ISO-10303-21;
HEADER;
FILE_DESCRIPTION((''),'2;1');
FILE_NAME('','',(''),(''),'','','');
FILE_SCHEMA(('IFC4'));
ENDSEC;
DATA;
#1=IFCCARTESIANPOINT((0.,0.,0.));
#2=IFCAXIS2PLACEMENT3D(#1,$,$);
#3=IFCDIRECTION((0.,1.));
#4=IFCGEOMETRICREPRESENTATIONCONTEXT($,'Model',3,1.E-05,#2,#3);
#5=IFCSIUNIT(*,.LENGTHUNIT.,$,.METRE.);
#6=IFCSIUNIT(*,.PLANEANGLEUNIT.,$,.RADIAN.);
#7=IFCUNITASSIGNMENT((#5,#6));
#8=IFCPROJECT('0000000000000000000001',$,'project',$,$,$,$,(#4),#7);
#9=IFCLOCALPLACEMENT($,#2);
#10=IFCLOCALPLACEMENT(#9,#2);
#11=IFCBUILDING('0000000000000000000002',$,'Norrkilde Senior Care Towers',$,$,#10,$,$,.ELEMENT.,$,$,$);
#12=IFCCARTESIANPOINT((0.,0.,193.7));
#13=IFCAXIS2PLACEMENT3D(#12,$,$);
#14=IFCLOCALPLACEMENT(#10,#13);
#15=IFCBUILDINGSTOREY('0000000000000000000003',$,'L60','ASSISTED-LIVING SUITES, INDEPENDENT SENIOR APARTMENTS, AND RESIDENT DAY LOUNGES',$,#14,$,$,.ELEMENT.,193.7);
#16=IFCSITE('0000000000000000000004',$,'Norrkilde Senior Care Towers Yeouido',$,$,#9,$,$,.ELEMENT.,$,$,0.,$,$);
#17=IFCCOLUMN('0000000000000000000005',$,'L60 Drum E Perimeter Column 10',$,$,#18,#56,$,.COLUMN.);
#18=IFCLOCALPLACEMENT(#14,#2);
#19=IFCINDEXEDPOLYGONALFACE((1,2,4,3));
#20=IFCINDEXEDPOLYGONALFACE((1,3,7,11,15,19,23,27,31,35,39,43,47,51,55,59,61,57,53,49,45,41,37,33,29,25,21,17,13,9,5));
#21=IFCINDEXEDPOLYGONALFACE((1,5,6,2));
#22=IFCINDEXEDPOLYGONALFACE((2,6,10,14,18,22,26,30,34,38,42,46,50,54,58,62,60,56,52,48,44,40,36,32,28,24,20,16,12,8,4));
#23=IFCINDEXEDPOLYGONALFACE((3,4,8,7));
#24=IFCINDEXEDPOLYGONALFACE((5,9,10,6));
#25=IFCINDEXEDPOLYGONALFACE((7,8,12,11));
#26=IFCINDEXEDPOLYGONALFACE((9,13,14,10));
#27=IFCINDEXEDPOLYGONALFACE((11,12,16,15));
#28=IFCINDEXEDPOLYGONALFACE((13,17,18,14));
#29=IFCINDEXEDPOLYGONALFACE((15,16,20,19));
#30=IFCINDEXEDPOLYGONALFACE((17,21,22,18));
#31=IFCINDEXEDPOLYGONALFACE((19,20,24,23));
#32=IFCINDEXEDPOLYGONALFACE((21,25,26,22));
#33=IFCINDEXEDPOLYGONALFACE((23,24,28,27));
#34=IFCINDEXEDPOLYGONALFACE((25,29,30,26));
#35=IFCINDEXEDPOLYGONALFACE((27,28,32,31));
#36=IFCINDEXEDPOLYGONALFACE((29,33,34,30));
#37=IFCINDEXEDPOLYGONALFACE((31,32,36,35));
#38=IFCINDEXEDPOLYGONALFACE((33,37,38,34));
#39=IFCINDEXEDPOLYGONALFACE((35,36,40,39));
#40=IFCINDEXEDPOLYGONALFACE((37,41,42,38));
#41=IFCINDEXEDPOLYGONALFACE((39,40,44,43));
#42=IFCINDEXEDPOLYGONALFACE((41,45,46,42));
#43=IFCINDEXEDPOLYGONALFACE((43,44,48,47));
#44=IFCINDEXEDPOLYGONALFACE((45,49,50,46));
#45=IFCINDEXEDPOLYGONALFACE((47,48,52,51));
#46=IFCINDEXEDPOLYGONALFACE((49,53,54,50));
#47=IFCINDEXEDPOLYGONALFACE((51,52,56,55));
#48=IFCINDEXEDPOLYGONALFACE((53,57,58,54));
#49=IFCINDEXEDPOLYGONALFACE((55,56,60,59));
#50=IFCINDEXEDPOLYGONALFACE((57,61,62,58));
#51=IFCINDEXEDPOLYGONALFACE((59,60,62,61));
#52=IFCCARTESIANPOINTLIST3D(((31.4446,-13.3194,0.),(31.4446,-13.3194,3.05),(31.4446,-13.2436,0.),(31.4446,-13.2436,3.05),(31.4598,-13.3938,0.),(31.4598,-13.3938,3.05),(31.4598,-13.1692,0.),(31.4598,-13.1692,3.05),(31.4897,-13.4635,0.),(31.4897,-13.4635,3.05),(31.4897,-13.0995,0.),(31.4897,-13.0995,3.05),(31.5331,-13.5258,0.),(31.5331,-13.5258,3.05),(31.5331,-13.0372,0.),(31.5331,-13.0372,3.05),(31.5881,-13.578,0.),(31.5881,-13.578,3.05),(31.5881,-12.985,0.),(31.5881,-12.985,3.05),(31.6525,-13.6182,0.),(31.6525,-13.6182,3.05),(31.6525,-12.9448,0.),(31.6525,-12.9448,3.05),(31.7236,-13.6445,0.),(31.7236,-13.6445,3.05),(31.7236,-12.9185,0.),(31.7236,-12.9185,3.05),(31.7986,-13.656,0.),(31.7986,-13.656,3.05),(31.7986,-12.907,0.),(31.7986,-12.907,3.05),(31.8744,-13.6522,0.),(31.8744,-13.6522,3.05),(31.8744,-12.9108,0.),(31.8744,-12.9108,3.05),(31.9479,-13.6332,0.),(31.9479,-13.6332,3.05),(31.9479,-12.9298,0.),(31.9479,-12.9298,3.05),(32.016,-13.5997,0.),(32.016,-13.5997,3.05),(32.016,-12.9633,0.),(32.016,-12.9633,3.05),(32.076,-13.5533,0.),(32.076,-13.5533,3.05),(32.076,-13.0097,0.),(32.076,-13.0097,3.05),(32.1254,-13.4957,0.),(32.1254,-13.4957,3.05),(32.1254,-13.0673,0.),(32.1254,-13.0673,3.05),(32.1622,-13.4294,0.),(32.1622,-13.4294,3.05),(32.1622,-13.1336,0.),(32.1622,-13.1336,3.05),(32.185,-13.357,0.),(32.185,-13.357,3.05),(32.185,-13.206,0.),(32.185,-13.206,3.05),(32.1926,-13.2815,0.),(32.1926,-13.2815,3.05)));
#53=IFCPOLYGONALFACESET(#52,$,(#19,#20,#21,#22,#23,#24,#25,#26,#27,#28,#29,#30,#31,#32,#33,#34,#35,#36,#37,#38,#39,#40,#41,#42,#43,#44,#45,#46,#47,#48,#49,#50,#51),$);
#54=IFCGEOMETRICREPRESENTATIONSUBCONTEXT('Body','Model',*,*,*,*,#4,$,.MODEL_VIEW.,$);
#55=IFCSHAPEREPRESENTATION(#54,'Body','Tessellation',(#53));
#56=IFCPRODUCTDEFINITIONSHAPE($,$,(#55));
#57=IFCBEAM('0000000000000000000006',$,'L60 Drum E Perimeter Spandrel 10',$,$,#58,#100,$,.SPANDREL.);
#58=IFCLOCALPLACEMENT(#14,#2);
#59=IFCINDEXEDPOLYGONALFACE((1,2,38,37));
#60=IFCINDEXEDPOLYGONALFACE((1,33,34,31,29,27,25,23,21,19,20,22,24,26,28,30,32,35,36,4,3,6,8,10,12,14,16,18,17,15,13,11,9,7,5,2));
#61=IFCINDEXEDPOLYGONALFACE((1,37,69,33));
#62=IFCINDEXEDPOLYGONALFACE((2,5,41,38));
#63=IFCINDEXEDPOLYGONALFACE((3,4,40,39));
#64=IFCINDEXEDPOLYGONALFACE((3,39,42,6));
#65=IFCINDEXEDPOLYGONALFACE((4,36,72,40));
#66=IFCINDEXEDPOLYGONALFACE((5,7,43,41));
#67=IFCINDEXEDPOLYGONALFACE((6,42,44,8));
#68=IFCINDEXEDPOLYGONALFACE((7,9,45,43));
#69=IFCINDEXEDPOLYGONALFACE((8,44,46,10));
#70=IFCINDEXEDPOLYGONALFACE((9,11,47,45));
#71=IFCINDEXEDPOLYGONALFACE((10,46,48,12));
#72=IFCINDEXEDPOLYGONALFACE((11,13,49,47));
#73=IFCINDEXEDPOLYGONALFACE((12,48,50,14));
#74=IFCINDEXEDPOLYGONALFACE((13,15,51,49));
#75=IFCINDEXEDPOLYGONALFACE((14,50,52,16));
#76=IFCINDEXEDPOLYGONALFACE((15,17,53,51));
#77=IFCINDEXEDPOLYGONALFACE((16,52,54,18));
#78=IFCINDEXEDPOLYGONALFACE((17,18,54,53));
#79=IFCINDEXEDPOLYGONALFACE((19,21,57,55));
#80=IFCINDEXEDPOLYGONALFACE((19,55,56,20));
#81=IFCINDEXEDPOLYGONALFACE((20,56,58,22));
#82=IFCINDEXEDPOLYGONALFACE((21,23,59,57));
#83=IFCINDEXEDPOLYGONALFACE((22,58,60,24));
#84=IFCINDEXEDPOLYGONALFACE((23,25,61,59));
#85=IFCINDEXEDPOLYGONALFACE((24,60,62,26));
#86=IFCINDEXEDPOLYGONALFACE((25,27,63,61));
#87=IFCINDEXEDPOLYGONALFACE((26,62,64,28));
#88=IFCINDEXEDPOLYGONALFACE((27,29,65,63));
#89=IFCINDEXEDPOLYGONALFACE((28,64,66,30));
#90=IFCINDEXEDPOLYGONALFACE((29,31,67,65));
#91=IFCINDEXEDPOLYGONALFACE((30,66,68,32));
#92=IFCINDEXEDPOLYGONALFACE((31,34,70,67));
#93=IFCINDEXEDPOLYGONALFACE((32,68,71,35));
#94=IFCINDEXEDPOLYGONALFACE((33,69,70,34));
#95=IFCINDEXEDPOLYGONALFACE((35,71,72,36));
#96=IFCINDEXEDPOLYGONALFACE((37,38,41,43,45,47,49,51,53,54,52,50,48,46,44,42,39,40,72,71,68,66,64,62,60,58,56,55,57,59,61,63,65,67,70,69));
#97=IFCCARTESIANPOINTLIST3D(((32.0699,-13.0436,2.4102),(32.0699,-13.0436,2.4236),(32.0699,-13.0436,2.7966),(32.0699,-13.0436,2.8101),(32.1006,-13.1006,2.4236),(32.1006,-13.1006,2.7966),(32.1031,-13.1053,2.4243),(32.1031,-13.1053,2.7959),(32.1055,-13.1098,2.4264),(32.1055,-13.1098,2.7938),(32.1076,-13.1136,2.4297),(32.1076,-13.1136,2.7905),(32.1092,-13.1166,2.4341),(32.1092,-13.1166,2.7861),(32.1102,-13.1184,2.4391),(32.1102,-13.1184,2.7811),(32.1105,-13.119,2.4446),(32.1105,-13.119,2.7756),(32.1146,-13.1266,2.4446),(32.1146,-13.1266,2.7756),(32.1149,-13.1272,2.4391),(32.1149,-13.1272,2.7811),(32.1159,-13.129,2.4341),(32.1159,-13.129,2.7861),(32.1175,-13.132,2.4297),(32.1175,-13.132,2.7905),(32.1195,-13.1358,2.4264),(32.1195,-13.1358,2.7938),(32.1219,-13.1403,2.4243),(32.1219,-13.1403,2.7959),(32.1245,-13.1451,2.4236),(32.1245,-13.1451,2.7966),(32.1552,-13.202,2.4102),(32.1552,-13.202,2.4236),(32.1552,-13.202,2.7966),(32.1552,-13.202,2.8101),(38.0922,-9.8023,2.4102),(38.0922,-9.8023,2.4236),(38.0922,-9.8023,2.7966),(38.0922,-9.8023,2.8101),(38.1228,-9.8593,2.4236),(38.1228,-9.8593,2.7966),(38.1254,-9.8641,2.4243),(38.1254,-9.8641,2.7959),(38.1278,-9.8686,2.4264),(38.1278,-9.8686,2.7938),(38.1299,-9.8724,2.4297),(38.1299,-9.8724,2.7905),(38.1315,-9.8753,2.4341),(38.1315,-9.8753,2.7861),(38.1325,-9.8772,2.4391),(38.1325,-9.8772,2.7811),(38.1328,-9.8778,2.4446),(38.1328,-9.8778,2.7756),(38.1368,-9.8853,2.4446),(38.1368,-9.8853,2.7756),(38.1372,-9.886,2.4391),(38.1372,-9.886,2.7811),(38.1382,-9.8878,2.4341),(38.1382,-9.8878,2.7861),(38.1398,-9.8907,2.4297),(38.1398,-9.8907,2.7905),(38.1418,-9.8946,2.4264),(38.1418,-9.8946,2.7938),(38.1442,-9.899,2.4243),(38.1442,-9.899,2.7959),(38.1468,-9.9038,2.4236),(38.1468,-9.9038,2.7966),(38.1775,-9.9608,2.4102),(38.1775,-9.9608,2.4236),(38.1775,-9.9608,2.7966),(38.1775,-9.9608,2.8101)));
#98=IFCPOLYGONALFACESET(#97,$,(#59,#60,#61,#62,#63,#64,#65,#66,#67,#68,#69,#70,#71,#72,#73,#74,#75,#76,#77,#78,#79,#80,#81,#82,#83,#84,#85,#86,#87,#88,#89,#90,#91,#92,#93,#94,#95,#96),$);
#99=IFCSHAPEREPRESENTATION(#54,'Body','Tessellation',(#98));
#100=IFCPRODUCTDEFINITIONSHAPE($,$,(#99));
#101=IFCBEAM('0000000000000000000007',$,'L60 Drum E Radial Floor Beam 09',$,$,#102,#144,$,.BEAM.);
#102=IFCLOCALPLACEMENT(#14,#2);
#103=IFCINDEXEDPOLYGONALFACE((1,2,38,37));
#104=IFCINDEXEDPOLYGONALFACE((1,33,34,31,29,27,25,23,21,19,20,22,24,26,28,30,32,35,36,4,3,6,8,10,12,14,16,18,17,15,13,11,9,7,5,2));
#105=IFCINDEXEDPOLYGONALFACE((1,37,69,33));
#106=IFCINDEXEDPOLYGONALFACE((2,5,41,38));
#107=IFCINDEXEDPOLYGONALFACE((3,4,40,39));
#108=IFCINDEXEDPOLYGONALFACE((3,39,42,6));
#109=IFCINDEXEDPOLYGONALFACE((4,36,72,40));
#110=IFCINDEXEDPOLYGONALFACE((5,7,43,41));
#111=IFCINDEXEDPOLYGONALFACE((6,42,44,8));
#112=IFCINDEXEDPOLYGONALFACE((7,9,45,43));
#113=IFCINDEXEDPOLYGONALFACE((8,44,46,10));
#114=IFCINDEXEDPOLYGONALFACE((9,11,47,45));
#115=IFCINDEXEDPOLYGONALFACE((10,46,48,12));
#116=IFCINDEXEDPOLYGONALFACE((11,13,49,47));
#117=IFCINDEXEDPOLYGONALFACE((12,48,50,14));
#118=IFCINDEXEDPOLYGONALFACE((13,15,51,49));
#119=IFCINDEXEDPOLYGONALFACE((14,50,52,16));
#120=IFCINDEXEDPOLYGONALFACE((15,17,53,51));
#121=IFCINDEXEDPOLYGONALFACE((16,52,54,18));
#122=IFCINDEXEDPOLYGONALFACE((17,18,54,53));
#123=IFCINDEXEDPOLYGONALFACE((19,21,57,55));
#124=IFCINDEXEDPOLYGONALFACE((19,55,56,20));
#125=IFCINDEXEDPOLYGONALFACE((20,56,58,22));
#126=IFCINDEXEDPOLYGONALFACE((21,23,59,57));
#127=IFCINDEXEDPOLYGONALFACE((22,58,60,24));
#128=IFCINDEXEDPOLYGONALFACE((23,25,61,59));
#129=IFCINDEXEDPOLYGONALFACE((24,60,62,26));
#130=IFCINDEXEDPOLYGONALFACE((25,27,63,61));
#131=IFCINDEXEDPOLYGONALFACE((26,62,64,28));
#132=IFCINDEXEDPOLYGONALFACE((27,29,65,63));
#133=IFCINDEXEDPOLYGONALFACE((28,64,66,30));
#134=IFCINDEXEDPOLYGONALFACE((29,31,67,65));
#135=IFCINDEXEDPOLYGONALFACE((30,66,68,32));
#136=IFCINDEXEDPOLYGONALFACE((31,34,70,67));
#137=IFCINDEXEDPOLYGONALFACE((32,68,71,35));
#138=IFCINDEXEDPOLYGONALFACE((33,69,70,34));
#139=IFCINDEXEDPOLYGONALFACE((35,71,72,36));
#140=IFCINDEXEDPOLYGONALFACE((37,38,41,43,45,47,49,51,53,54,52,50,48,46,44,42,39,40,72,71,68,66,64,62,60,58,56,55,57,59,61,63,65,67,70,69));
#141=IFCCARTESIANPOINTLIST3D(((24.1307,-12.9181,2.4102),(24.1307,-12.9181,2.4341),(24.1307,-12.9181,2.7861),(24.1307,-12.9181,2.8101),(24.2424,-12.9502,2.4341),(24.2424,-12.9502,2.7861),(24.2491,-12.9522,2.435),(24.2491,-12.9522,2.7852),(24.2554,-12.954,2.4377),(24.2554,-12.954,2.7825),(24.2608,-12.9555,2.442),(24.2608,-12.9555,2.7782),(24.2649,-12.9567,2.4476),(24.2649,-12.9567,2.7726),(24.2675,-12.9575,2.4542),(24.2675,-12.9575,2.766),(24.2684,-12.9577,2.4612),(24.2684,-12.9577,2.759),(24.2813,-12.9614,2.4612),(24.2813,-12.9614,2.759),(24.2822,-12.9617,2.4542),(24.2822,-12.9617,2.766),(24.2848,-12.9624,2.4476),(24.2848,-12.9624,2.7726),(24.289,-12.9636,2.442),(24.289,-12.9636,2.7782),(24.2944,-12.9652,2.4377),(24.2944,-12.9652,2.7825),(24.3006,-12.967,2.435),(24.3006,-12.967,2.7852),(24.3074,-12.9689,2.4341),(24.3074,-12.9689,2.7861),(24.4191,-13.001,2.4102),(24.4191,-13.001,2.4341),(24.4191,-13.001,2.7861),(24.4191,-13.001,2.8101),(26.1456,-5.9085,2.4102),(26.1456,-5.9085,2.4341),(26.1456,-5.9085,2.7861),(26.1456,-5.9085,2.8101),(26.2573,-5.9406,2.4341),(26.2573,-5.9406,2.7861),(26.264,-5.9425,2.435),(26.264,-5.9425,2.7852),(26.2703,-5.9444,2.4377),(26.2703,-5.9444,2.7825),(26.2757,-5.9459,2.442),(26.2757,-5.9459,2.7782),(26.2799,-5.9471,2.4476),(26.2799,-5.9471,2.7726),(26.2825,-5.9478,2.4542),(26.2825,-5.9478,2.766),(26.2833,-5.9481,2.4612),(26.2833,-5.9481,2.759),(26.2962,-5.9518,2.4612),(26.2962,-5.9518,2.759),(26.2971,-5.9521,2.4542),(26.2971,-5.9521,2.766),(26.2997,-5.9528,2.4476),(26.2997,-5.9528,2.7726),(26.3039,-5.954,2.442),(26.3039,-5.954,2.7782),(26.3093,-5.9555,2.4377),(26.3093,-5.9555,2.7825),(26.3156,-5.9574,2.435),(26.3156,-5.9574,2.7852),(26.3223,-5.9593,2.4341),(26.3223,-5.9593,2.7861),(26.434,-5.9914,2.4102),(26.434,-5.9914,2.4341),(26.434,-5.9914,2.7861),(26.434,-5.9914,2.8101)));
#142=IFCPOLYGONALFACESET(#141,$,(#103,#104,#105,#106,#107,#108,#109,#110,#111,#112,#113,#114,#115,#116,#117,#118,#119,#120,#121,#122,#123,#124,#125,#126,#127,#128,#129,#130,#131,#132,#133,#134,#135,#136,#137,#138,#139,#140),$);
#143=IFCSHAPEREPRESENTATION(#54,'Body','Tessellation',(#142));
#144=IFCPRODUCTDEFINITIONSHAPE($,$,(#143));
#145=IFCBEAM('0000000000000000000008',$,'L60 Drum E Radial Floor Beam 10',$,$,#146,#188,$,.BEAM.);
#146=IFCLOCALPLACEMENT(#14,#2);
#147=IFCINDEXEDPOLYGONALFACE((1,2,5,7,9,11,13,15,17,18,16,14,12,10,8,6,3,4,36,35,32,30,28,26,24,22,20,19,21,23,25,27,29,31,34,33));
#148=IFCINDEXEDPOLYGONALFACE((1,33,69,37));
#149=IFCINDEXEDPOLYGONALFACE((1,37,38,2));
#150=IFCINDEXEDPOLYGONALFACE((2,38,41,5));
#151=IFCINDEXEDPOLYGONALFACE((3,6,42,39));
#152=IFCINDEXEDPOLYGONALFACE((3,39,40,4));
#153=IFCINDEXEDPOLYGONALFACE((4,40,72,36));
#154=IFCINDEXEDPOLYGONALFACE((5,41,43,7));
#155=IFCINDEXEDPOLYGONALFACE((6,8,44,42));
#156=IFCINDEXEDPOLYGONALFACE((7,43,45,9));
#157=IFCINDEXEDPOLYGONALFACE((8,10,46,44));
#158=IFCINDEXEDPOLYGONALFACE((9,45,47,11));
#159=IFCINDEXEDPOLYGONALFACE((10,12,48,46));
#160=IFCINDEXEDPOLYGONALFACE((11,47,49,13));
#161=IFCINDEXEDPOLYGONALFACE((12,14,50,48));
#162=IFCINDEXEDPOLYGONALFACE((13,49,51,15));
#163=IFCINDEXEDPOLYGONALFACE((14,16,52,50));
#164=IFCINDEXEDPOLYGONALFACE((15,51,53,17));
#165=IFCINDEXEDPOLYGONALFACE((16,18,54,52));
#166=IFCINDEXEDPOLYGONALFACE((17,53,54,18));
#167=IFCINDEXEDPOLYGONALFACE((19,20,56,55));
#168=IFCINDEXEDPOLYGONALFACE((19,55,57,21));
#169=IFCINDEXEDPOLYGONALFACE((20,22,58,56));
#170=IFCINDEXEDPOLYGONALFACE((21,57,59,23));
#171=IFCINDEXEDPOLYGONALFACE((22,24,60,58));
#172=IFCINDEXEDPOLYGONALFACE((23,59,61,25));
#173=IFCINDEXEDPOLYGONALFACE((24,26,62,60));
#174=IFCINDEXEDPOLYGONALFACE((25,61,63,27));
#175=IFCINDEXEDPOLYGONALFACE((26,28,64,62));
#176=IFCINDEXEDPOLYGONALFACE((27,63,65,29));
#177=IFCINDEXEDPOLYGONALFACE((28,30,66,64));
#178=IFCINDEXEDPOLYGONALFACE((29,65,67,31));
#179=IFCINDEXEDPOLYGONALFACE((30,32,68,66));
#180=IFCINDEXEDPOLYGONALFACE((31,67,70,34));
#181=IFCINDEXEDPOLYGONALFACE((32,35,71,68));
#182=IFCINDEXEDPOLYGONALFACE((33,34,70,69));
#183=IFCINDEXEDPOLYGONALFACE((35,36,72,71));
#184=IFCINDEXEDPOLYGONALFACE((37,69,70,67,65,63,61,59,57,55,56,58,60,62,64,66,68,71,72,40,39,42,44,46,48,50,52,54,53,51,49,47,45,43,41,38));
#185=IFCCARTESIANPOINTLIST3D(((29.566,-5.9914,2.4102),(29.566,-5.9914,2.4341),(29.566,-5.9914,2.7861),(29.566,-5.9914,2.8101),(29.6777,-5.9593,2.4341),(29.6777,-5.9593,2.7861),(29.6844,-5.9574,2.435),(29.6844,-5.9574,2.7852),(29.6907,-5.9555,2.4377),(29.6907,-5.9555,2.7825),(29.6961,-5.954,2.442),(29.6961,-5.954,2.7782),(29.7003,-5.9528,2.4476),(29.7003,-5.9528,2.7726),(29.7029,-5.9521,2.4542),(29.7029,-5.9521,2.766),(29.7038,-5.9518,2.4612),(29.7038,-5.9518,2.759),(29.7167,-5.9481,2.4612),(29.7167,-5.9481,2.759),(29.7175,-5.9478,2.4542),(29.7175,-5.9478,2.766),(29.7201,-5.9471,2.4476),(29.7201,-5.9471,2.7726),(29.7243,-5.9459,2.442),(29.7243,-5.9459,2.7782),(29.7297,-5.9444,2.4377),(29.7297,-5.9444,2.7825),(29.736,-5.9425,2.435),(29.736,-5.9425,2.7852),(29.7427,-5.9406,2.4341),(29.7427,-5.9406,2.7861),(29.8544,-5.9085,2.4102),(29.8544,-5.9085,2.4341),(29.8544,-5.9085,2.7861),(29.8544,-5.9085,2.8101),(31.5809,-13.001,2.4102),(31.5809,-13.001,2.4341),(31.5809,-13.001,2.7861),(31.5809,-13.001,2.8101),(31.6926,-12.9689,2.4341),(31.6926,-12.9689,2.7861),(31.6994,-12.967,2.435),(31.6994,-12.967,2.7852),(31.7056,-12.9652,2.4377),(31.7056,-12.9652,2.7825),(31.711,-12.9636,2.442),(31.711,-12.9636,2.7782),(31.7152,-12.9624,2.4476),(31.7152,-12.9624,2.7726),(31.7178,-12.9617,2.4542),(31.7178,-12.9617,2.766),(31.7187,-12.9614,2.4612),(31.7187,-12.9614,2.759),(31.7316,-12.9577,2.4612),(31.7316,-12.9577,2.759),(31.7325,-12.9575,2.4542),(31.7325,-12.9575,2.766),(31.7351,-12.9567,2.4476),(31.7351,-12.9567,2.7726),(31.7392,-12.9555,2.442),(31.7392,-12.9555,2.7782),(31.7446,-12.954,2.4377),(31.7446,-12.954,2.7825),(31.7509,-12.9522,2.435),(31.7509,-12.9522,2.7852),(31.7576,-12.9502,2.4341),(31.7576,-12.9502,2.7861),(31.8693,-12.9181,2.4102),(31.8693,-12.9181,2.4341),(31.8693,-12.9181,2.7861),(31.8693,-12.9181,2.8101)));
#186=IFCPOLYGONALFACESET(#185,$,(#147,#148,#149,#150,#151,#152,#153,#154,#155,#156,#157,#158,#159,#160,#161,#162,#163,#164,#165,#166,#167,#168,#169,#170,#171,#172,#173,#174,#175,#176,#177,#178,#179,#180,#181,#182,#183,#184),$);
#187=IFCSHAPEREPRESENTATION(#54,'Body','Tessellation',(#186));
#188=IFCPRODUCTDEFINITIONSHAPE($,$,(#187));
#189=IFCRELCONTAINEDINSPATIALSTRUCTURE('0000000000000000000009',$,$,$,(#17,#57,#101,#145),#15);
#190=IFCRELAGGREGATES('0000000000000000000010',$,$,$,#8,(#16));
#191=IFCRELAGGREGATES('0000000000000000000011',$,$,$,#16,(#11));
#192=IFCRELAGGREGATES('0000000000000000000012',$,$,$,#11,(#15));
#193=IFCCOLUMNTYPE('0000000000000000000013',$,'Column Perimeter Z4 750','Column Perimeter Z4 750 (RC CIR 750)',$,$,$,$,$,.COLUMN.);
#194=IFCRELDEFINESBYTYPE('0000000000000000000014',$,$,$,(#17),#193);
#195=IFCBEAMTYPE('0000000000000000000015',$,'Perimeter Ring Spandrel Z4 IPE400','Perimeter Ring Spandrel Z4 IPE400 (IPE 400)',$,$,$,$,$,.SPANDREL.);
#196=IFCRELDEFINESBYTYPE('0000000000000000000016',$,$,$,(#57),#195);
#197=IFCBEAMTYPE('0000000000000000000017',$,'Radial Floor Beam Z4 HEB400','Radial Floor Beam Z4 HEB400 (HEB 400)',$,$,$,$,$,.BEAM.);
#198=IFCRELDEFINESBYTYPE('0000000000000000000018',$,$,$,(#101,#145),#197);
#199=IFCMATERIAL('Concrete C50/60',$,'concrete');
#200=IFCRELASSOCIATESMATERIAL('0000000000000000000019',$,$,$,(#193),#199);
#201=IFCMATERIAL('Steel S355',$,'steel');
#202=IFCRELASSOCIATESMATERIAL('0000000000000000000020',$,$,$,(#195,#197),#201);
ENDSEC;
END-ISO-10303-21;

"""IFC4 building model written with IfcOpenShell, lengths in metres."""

from ifc_helpers import new_model, si_unit, direction, frame, origin, origin_2d, place, context, subcontext, project, spatial, circle, i_section, extrude, source, transform, mapped, material, material_profile, profile_set, type_object, type_shapes, element, save


model = new_model("IFC4")

# Units and contexts
model_context = context("Model", 3, precision=1e-05, world=origin(), true_north=direction((0.0, 1.0)))
body_context = subcontext(model_context, "Body", "Model", "MODEL_VIEW")
ifc_project = project(units=[si_unit("LENGTHUNIT", "METRE"), si_unit("PLANEANGLEUNIT", "RADIAN")], contexts=[model_context])

# Site, building, storey
site_placement = place(None, origin())
site = spatial("IfcSite", under=ifc_project, at=site_placement, Name="Norrkilde Senior Care Towers Yeouido", CompositionType="ELEMENT", RefElevation=0.0)
building_placement = place(site_placement, origin())
building = spatial("IfcBuilding", under=site, at=building_placement, Name="Norrkilde Senior Care Towers", CompositionType="ELEMENT")
storey_placement = place(building_placement, frame((0.0, 0.0, 193.7)))
storey = spatial("IfcBuildingStorey", under=building, at=storey_placement, Name="L60", Description="ASSISTED-LIVING SUITES, INDEPENDENT SENIOR APARTMENTS, AND RESIDENT DAY LOUNGES", CompositionType="ELEMENT", Elevation=193.7)

# Column
ifc_material_1 = material(Name="Concrete C50/60", Category="concrete")
ifc_material_profile_1 = material_profile(ifc_material_1, circle(Radius=0.375, at=origin_2d()), Name="RC CIR 750")
ifc_profile_set_1 = profile_set([ifc_material_profile_1], Name="Concrete C50/60")
column_type = type_object("IfcColumnType", Name="Column Perimeter Z4 750", Description="Column Perimeter Z4 750 (RC CIR 750)", PredefinedType="COLUMN", material=ifc_profile_set_1)
shared_shape_1 = source(origin(), body_context, "Body", "SweptSolid", [
    extrude(circle(Radius=0.375, at=origin_2d()), origin(), (0.0, 0.0, 1.0), 3.05),
])
type_shapes(column_type, [shared_shape_1])
column_placement = place(storey_placement, frame((31.8176, -13.2815, 0.0), z_axis=(0.0, 0.0, 1.0), x_axis=(1.0, 0.0, 0.0)))
element("IfcColumn", 1, at=column_placement, inside=storey, type_object=column_type, Name="L60 Drum E Perimeter Column 10", PredefinedType="COLUMN", context=body_context, shape_type="MappedRepresentation", body=[
    mapped(shared_shape_1, transform((0.0, 0.0, 0.0), x_axis=(1.0, 0.0, 0.0), y_axis=(0.0, 1.0, 0.0), z_axis=(0.0, 0.0, 1.0), scale=1.0)),
])

# Beams
ifc_material_2 = material(Name="Steel S355", Category="steel")
ifc_material_profile_2 = material_profile(ifc_material_2, i_section(OverallWidth=0.1799, OverallDepth=0.3999, WebThickness=0.0085, FlangeThickness=0.0134, FilletRadius=0.021, at=origin_2d()), Name="IPE 400")
ifc_profile_set_2 = profile_set([ifc_material_profile_2], Name="Steel S355")
beam_type_1 = type_object("IfcBeamType", Name="Perimeter Ring Spandrel Z4 IPE400", Description="Perimeter Ring Spandrel Z4 IPE400 (IPE 400)", PredefinedType="SPANDREL", material=ifc_profile_set_2)
shared_shape_2 = source(origin(), body_context, "Body", "SweptSolid", [
    extrude(i_section(OverallWidth=0.1799, OverallDepth=0.3999, WebThickness=0.0085, FlangeThickness=0.0134, FilletRadius=0.021, at=origin_2d()), origin(), (0.0, 0.0, 1.0), 6.8391),
])
type_shapes(beam_type_1, [shared_shape_2])
beam_1_placement = place(storey_placement, frame((32.1125, -13.1228, 2.6101), z_axis=(0.880564, 0.473927, 0.0), x_axis=(-0.473927, 0.880564, 0.0)))
element("IfcBeam", 2, at=beam_1_placement, inside=storey, type_object=beam_type_1, Name="L60 Drum E Perimeter Spandrel 10", PredefinedType="SPANDREL", context=body_context, shape_type="MappedRepresentation", body=[
    mapped(shared_shape_2, transform((0.0, 0.0, 0.0), x_axis=(1.0, 0.0, 0.0), y_axis=(0.0, 1.0, 0.0), z_axis=(0.0, 0.0, 1.0), scale=1.0)),
])
ifc_material_profile_3 = material_profile(ifc_material_2, i_section(OverallWidth=0.3, OverallDepth=0.3999, WebThickness=0.0134, FlangeThickness=0.0239, FilletRadius=0.0271, at=origin_2d()), Name="HEB 400")
ifc_profile_set_3 = profile_set([ifc_material_profile_3], Name="Steel S355")
beam_type_2 = type_object("IfcBeamType", Name="Radial Floor Beam Z4 HEB400", Description="Radial Floor Beam Z4 HEB400 (HEB 400)", PredefinedType="BEAM", material=ifc_profile_set_3)
shared_shape_3 = source(origin(), body_context, "Body", "SweptSolid", [
    extrude(i_section(OverallWidth=0.3, OverallDepth=0.3999, WebThickness=0.0134, FlangeThickness=0.0239, FilletRadius=0.0271, at=origin_2d()), origin(), (0.0, 0.0, 1.0), 7.2935),
])
type_shapes(beam_type_2, [shared_shape_3])
for number, where, z_axis, x_axis, name in (
    (3, (26.2898, -5.95, 2.6101), (-0.276264, -0.961082, 0.0), (0.961082, -0.276264, 0.0), "L60 Drum E Radial Floor Beam 09"),
    (4, (29.7102, -5.95, 2.6101), (0.276264, -0.961082, 0.0), (0.961082, 0.276264, 0.0), "L60 Drum E Radial Floor Beam 10"),
):
    element("IfcBeam", number, at=place(storey_placement, frame(where, z_axis=z_axis, x_axis=x_axis)), inside=storey, type_object=beam_type_2, Name=name, PredefinedType="BEAM", context=body_context, shape_type="MappedRepresentation", body=[
        mapped(shared_shape_3, transform((0.0, 0.0, 0.0), x_axis=(1.0, 0.0, 0.0), y_axis=(0.0, 1.0, 0.0), z_axis=(0.0, 0.0, 1.0), scale=1.0)),
    ])

save(model, "model.ifc")
